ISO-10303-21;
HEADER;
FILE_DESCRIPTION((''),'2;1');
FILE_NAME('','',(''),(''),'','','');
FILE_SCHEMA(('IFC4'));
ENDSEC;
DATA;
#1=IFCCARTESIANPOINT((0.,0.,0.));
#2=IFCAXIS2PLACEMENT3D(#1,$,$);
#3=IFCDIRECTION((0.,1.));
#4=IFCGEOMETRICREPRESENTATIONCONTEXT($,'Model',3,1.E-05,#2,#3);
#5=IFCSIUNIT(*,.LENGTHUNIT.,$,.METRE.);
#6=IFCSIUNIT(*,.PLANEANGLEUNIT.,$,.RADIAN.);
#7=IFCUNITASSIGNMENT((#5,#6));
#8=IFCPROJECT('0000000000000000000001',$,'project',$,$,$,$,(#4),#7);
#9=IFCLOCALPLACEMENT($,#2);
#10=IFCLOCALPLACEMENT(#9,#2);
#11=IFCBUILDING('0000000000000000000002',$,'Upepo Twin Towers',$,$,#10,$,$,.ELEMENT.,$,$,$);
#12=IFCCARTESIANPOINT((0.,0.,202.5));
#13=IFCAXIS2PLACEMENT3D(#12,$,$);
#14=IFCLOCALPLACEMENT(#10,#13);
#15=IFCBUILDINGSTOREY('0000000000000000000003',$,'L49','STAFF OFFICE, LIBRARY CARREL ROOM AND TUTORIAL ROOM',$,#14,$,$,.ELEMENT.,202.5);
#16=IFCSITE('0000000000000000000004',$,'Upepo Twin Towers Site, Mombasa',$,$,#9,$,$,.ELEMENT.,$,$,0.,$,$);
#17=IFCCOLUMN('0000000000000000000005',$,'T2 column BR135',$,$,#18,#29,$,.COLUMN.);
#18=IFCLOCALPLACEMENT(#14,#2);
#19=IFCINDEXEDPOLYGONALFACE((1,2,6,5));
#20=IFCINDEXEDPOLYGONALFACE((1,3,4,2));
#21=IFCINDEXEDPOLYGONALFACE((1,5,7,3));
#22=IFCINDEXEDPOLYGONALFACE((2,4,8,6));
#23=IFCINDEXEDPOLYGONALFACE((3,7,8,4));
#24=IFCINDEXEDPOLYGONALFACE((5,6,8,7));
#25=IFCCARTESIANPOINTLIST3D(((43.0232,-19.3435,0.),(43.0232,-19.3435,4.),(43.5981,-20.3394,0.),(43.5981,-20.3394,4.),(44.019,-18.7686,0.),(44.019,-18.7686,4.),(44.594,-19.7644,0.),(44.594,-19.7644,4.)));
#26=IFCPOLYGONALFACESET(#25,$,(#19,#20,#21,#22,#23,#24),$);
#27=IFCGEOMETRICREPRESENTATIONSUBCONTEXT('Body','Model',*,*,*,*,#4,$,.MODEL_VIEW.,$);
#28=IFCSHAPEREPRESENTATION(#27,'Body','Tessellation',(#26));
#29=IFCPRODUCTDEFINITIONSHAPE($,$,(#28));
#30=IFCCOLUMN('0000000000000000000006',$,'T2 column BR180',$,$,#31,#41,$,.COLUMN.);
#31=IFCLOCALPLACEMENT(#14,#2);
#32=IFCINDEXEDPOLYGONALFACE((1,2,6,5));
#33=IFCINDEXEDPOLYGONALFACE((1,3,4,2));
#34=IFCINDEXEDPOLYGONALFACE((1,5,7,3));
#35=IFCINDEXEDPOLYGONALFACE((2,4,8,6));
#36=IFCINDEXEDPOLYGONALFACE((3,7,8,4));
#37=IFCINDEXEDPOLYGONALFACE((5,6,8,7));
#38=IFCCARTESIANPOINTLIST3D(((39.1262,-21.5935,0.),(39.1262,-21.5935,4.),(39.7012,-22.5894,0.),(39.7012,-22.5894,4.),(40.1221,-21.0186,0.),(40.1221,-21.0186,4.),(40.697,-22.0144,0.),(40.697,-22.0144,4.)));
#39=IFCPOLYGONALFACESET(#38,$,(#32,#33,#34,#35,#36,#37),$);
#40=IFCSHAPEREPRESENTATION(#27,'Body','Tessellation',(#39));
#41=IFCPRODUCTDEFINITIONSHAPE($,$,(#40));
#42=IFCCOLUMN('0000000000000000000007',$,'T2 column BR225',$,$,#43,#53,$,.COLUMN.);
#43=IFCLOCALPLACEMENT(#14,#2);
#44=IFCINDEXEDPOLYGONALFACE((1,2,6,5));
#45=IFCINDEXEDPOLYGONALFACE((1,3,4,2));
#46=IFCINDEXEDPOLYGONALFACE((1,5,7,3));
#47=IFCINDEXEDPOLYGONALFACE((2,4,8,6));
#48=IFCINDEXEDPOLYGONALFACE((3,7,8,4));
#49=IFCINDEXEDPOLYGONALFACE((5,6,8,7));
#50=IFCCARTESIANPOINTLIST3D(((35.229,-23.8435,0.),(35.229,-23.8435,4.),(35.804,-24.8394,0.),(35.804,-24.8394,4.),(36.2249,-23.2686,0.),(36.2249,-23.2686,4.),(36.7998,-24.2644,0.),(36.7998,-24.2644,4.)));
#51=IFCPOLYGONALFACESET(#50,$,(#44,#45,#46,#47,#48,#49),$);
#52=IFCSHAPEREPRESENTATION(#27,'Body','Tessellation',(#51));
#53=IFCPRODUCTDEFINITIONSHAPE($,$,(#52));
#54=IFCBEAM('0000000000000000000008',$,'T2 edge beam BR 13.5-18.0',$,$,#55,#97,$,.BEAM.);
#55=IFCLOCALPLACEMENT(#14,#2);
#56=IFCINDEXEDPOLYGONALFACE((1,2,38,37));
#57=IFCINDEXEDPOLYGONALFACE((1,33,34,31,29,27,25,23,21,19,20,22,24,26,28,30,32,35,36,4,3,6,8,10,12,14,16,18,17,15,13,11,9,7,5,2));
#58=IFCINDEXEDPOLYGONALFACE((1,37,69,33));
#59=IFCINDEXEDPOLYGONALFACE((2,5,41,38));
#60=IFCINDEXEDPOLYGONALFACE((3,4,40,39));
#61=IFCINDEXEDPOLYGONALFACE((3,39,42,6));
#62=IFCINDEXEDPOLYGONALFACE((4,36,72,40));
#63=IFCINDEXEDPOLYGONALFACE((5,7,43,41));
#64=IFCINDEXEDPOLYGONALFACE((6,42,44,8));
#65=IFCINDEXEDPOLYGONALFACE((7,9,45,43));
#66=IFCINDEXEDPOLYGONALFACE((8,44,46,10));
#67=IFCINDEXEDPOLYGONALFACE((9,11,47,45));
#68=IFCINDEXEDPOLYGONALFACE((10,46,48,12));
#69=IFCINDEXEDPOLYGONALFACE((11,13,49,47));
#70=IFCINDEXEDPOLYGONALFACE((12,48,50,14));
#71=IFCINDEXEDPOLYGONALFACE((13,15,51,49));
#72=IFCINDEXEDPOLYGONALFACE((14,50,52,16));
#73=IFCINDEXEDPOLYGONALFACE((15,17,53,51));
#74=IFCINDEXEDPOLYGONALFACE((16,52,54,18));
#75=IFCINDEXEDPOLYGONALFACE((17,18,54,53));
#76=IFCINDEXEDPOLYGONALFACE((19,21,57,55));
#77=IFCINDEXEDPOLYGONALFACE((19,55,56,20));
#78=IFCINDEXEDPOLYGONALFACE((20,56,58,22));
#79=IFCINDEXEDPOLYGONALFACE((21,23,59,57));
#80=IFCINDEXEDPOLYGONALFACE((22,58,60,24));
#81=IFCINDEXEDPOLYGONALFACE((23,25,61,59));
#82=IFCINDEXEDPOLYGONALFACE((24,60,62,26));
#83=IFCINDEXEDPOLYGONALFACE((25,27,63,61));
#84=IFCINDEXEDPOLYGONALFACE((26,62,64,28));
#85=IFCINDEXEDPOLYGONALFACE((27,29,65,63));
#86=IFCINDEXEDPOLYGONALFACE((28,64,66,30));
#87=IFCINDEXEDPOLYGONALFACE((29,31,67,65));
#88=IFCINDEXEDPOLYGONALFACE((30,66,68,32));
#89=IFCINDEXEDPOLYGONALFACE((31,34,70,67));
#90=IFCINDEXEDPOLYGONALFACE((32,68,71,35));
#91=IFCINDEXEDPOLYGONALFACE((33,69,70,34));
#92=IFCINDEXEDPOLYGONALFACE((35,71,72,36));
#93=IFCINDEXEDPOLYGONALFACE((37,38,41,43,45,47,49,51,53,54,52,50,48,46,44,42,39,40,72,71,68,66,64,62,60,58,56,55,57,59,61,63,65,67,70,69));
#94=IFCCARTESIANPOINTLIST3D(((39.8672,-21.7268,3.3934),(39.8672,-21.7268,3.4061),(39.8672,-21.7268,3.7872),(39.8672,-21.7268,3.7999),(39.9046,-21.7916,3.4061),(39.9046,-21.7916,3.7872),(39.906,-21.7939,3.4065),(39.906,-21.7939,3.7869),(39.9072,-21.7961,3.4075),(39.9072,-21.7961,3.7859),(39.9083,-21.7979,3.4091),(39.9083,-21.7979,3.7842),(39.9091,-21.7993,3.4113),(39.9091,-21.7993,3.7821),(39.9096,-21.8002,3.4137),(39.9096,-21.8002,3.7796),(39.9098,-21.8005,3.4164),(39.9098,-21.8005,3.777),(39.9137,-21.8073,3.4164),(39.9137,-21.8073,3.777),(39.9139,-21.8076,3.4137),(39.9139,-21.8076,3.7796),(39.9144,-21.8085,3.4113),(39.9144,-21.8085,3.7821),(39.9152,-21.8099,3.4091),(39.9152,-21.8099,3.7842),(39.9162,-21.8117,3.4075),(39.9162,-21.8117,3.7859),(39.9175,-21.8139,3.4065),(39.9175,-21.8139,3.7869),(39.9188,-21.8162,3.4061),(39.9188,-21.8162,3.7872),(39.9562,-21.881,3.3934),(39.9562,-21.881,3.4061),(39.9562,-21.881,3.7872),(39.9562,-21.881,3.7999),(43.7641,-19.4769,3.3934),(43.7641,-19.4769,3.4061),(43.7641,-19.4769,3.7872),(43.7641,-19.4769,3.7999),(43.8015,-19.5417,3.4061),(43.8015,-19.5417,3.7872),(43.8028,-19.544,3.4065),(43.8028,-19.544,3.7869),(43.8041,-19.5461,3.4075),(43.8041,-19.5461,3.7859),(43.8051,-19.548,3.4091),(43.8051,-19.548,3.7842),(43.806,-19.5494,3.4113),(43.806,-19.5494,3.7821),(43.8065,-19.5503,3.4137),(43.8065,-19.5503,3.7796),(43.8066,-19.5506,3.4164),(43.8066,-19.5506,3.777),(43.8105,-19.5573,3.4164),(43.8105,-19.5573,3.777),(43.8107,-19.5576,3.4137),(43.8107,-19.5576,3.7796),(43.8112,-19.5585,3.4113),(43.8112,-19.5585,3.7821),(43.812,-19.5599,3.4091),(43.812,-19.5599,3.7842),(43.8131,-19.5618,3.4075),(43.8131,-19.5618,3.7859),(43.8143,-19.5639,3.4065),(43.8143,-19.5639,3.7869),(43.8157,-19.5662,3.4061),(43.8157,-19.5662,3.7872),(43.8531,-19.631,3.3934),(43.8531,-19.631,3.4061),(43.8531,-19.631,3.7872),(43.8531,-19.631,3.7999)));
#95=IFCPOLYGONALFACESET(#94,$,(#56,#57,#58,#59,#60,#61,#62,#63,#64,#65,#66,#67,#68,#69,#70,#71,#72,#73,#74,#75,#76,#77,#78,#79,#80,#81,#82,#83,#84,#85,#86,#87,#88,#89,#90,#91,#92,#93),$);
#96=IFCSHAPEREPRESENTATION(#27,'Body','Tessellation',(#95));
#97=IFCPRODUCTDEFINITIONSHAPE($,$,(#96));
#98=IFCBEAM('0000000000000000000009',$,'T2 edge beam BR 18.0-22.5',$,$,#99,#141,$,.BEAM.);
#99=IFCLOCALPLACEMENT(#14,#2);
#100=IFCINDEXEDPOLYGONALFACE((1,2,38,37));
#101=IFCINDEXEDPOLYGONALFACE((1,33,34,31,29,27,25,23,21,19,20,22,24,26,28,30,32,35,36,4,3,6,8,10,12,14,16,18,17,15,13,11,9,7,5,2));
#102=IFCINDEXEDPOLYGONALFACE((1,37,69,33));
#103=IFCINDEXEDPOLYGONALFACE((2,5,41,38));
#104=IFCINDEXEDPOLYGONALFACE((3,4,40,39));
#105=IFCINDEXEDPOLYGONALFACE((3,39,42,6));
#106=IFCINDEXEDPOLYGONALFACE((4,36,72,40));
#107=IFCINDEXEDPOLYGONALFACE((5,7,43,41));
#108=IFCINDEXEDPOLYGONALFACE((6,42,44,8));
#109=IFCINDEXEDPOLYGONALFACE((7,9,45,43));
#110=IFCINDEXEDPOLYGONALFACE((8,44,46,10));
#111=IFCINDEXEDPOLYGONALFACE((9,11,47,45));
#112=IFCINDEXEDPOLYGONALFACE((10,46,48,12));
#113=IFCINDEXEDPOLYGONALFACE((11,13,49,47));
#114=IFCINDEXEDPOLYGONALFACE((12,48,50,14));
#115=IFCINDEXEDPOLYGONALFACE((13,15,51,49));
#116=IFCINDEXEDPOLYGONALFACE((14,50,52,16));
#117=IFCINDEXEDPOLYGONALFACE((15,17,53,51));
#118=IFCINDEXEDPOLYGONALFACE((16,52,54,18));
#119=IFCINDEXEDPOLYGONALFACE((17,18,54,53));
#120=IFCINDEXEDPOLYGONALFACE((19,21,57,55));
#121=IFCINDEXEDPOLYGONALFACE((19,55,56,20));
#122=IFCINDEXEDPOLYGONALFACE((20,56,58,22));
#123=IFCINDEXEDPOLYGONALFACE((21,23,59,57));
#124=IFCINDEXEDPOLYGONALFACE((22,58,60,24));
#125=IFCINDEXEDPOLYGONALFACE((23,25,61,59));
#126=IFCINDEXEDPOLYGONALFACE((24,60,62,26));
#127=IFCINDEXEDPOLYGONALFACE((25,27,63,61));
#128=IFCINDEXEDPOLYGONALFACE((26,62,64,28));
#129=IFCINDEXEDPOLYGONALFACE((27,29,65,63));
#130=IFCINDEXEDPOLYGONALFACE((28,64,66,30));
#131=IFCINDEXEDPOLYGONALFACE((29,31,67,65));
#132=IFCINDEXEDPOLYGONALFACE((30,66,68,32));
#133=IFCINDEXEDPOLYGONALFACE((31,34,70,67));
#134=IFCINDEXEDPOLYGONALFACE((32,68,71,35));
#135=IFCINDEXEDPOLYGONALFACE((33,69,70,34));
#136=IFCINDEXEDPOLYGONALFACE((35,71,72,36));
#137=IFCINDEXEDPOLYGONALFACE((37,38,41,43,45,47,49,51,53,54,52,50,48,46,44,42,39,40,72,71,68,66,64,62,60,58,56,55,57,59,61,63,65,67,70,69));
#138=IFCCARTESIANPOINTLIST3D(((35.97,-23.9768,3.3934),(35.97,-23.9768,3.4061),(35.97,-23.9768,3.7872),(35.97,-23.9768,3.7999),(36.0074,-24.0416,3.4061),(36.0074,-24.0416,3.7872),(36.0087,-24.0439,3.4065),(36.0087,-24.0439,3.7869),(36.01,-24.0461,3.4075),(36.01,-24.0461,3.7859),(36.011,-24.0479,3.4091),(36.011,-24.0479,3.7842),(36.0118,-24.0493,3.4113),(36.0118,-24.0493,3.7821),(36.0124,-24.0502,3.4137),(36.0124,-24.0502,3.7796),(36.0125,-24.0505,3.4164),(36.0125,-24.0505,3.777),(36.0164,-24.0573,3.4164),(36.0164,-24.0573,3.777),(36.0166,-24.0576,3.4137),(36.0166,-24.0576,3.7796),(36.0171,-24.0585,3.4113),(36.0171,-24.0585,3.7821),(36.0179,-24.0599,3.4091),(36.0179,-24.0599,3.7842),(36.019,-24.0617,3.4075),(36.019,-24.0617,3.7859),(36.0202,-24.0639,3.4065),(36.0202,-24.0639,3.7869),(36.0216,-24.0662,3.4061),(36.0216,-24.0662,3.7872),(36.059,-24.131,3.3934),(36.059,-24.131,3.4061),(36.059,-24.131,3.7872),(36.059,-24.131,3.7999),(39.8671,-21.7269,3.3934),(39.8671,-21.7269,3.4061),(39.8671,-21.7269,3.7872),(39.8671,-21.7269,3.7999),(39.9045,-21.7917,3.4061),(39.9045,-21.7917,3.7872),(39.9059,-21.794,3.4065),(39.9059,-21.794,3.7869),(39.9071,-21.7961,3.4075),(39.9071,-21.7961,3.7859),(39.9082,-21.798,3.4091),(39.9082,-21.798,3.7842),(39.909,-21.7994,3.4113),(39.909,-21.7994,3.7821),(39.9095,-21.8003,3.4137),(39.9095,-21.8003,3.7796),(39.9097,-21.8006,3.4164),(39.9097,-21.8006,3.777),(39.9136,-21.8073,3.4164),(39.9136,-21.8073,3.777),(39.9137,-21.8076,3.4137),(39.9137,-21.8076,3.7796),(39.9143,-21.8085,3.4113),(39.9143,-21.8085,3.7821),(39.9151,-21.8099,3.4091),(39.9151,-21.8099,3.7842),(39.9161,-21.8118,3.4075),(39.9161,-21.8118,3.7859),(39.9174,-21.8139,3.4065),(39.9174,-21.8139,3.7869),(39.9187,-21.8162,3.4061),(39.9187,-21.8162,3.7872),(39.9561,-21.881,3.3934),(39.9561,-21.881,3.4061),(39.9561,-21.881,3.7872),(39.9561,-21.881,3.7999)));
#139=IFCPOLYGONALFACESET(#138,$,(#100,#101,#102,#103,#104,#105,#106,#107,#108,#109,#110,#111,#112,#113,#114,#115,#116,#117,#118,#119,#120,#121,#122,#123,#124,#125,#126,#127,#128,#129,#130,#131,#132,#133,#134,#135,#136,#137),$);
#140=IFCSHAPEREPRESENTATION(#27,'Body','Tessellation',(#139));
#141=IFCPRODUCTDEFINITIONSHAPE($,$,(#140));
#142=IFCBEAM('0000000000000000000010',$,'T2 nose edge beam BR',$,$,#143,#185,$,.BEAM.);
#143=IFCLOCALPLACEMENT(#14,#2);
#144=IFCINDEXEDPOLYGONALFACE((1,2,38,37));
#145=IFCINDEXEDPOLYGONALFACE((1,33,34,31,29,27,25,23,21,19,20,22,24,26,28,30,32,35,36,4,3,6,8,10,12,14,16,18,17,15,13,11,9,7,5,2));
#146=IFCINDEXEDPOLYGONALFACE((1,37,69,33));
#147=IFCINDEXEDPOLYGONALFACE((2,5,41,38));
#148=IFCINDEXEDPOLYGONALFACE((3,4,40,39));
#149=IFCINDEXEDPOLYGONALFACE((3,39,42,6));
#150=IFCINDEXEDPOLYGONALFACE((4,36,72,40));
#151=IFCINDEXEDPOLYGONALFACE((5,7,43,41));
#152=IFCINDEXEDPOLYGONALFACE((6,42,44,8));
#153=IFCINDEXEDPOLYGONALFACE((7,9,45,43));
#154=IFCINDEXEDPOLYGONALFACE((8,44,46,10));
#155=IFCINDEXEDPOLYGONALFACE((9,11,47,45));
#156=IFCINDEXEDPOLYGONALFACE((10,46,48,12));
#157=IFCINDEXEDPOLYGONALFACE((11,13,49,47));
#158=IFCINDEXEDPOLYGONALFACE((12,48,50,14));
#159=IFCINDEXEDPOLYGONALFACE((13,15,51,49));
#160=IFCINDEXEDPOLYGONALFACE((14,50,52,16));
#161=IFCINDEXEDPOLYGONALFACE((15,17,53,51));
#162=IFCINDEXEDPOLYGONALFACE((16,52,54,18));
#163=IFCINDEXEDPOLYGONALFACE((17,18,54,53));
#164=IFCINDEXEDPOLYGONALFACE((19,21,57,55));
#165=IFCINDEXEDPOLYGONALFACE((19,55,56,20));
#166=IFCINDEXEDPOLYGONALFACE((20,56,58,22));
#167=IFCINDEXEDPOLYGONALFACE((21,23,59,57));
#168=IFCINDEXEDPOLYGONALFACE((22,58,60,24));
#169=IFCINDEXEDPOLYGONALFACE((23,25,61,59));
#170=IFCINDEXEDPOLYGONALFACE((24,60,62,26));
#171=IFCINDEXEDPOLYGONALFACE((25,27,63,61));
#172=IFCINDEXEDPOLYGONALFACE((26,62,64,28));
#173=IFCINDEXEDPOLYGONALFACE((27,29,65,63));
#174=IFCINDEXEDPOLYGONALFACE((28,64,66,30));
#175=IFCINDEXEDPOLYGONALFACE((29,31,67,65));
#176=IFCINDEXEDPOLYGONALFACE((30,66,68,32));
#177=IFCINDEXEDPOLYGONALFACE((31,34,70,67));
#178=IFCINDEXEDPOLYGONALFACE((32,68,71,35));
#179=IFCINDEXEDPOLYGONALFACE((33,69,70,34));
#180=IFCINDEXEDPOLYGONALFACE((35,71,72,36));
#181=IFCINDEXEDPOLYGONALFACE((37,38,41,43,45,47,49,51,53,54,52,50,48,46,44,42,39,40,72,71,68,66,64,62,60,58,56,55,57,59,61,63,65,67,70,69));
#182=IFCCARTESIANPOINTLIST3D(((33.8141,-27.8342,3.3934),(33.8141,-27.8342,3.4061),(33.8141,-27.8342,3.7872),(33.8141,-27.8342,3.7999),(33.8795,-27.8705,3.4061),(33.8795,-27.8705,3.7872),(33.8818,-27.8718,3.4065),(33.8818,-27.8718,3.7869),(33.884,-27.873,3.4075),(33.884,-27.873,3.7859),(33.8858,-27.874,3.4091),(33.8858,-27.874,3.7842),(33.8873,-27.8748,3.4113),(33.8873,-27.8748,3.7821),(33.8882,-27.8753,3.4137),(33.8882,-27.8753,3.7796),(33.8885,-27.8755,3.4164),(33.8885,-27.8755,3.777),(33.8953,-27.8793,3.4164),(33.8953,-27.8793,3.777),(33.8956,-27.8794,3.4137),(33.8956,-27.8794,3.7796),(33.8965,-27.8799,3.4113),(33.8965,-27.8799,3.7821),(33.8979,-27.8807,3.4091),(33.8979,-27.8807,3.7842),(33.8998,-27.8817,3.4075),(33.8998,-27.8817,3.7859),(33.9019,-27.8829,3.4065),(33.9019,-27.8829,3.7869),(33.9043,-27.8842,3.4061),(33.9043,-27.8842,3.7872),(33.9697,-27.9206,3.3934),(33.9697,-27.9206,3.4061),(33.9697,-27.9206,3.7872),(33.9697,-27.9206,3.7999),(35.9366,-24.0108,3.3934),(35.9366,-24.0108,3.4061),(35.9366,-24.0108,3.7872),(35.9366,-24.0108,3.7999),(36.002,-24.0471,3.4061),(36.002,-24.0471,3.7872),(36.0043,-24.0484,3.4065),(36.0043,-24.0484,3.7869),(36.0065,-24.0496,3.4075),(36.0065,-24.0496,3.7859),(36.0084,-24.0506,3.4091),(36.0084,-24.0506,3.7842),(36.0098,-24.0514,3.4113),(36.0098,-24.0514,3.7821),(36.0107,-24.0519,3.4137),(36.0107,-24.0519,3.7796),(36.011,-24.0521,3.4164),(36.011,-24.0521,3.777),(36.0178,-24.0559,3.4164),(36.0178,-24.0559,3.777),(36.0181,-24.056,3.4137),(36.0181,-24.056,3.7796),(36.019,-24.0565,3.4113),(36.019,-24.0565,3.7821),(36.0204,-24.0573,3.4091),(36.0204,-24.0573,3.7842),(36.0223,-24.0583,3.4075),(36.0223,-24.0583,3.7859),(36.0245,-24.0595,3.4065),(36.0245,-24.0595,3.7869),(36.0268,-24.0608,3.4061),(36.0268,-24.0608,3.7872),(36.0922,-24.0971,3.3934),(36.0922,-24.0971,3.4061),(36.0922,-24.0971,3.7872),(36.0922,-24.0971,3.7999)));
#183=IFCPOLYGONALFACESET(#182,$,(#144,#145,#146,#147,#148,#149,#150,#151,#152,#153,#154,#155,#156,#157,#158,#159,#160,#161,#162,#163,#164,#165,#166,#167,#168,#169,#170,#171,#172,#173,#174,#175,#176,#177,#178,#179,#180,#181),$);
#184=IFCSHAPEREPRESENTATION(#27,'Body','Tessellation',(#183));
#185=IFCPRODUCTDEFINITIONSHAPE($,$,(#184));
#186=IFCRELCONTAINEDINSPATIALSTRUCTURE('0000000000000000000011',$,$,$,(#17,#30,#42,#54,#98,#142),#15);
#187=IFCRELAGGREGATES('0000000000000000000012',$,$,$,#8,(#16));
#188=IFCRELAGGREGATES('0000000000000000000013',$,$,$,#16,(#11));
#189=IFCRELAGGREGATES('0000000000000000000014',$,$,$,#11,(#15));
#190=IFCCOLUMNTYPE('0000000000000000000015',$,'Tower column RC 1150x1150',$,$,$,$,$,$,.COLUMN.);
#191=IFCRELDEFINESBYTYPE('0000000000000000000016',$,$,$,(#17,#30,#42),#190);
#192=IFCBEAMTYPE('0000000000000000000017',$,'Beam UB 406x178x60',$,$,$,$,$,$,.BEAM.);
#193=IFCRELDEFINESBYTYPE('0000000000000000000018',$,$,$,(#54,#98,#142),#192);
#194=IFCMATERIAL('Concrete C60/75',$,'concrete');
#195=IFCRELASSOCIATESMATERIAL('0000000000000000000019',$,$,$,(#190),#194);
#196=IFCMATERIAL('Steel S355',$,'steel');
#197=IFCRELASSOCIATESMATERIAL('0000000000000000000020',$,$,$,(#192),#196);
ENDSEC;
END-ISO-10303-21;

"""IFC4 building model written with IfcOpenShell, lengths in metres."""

from ifc_helpers import new_model, si_unit, direction, frame, origin, origin_2d, place, context, subcontext, project, spatial, rectangle, i_section, extrude, material, material_profile, profile_set, type_object, element, save


model = new_model("IFC4")

# Units and contexts
model_context = context("Model", 3, precision=1e-05, world=origin(), true_north=direction((0.0, 1.0)))
body_context = subcontext(model_context, "Body", "Model", "MODEL_VIEW")
ifc_project = project(units=[si_unit("LENGTHUNIT", "METRE"), si_unit("PLANEANGLEUNIT", "RADIAN")], contexts=[model_context])

# Site, building, storey
site_placement = place(None, origin())
site = spatial("IfcSite", under=ifc_project, at=site_placement, Name="Upepo Twin Towers Site, Mombasa", CompositionType="ELEMENT", RefElevation=0.0)
building_placement = place(site_placement, origin())
building = spatial("IfcBuilding", under=site, at=building_placement, Name="Upepo Twin Towers", CompositionType="ELEMENT")
storey_placement = place(building_placement, frame((0.0, 0.0, 202.5)))
storey = spatial("IfcBuildingStorey", under=building, at=storey_placement, Name="L49", Description="STAFF OFFICE, LIBRARY CARREL ROOM AND TUTORIAL ROOM", CompositionType="ELEMENT", Elevation=202.5)

# Columns
ifc_material_1 = material(Name="Concrete C60/75", Category="concrete")
ifc_material_profile_1 = material_profile(ifc_material_1, rectangle(XDim=1.1499, YDim=1.1499, at=origin_2d()), Name="RC 1150x1150")
ifc_profile_set_1 = profile_set([ifc_material_profile_1], Name="Concrete C60/75")
column_type = type_object("IfcColumnType", Name="Tower column RC 1150x1150", PredefinedType="COLUMN", material=ifc_profile_set_1)
for number, where, z_axis, x_axis, name in (
    (1, (43.8086, -19.554, 0.0), (0.0, 0.0, 1.0), (0.866025, 0.5, 0.0), "T2 column BR135"),
    (2, (39.9116, -21.804, 0.0), (0.0, 0.0, 1.0), (0.866025, 0.5, 0.0), "T2 column BR180"),
    (3, (36.0144, -24.054, 0.0), (0.0, 0.0, 1.0), (0.866025, 0.5, 0.0), "T2 column BR225"),
):
    element("IfcColumn", number, at=place(storey_placement, frame(where, z_axis=z_axis, x_axis=x_axis)), inside=storey, type_object=column_type, Name=name, PredefinedType="COLUMN", context=body_context, shape_type="SweptSolid", body=[
        extrude(rectangle(XDim=1.1499, YDim=1.1499, at=origin_2d()), origin(), (0.0, 0.0, 1.0), 4.0),
    ])

# Beams
ifc_material_2 = material(Name="Steel S355", Category="steel")
ifc_material_profile_2 = material_profile(ifc_material_2, i_section(OverallWidth=0.178, OverallDepth=0.4065, WebThickness=0.0078, FlangeThickness=0.0127, FilletRadius=0.0103, at=origin_2d()), Name="UB 406x178x60")
ifc_profile_set_2 = profile_set([ifc_material_profile_2], Name="Steel S355")
beam_type_1 = type_object("IfcBeamType", Name="Beam UB 406x178x60", PredefinedType="BEAM", material=ifc_profile_set_2)
beam_1_placement = place(storey_placement, frame((43.8086, -19.554, 3.5967), z_axis=(-0.866018, -0.500014, 0.0), x_axis=(0.500014, -0.866018, 0.0)))
element("IfcBeam", 4, at=beam_1_placement, inside=storey, type_object=beam_type_1, Name="T2 edge beam BR 13.5-18.0", PredefinedType="BEAM", context=body_context, shape_type="SweptSolid", body=[
    extrude(i_section(OverallWidth=0.178, OverallDepth=0.4065, WebThickness=0.0078, FlangeThickness=0.0127, FilletRadius=0.0103, at=origin_2d()), origin(), (0.0, 0.0, 1.0), 4.4998),
])
beam_2_placement = place(storey_placement, frame((39.9116, -21.804, 3.5967), z_axis=(-0.866031, -0.49999, 0.0), x_axis=(0.49999, -0.866031, 0.0)))
element("IfcBeam", 5, at=beam_2_placement, inside=storey, type_object=beam_type_1, Name="T2 edge beam BR 18.0-22.5", PredefinedType="BEAM", context=body_context, shape_type="SweptSolid", body=[
    extrude(i_section(OverallWidth=0.178, OverallDepth=0.4065, WebThickness=0.0078, FlangeThickness=0.0127, FilletRadius=0.0103, at=origin_2d()), origin(), (0.0, 0.0, 1.0), 4.5),
])
beam_3_placement = place(storey_placement, frame((36.0144, -24.054, 3.5967), z_axis=(-0.485363, -0.874313, 0.0), x_axis=(0.874313, -0.485363, 0.0)))
element("IfcBeam", 6, at=beam_3_placement, inside=storey, type_object=beam_type_1, Name="T2 nose edge beam BR", PredefinedType="BEAM", context=body_context, shape_type="SweptSolid", body=[
    extrude(i_section(OverallWidth=0.178, OverallDepth=0.4065, WebThickness=0.0078, FlangeThickness=0.0127, FilletRadius=0.0103, at=origin_2d()), origin(), (0.0, 0.0, 1.0), 4.373),
])

save(model, "model.ifc")
